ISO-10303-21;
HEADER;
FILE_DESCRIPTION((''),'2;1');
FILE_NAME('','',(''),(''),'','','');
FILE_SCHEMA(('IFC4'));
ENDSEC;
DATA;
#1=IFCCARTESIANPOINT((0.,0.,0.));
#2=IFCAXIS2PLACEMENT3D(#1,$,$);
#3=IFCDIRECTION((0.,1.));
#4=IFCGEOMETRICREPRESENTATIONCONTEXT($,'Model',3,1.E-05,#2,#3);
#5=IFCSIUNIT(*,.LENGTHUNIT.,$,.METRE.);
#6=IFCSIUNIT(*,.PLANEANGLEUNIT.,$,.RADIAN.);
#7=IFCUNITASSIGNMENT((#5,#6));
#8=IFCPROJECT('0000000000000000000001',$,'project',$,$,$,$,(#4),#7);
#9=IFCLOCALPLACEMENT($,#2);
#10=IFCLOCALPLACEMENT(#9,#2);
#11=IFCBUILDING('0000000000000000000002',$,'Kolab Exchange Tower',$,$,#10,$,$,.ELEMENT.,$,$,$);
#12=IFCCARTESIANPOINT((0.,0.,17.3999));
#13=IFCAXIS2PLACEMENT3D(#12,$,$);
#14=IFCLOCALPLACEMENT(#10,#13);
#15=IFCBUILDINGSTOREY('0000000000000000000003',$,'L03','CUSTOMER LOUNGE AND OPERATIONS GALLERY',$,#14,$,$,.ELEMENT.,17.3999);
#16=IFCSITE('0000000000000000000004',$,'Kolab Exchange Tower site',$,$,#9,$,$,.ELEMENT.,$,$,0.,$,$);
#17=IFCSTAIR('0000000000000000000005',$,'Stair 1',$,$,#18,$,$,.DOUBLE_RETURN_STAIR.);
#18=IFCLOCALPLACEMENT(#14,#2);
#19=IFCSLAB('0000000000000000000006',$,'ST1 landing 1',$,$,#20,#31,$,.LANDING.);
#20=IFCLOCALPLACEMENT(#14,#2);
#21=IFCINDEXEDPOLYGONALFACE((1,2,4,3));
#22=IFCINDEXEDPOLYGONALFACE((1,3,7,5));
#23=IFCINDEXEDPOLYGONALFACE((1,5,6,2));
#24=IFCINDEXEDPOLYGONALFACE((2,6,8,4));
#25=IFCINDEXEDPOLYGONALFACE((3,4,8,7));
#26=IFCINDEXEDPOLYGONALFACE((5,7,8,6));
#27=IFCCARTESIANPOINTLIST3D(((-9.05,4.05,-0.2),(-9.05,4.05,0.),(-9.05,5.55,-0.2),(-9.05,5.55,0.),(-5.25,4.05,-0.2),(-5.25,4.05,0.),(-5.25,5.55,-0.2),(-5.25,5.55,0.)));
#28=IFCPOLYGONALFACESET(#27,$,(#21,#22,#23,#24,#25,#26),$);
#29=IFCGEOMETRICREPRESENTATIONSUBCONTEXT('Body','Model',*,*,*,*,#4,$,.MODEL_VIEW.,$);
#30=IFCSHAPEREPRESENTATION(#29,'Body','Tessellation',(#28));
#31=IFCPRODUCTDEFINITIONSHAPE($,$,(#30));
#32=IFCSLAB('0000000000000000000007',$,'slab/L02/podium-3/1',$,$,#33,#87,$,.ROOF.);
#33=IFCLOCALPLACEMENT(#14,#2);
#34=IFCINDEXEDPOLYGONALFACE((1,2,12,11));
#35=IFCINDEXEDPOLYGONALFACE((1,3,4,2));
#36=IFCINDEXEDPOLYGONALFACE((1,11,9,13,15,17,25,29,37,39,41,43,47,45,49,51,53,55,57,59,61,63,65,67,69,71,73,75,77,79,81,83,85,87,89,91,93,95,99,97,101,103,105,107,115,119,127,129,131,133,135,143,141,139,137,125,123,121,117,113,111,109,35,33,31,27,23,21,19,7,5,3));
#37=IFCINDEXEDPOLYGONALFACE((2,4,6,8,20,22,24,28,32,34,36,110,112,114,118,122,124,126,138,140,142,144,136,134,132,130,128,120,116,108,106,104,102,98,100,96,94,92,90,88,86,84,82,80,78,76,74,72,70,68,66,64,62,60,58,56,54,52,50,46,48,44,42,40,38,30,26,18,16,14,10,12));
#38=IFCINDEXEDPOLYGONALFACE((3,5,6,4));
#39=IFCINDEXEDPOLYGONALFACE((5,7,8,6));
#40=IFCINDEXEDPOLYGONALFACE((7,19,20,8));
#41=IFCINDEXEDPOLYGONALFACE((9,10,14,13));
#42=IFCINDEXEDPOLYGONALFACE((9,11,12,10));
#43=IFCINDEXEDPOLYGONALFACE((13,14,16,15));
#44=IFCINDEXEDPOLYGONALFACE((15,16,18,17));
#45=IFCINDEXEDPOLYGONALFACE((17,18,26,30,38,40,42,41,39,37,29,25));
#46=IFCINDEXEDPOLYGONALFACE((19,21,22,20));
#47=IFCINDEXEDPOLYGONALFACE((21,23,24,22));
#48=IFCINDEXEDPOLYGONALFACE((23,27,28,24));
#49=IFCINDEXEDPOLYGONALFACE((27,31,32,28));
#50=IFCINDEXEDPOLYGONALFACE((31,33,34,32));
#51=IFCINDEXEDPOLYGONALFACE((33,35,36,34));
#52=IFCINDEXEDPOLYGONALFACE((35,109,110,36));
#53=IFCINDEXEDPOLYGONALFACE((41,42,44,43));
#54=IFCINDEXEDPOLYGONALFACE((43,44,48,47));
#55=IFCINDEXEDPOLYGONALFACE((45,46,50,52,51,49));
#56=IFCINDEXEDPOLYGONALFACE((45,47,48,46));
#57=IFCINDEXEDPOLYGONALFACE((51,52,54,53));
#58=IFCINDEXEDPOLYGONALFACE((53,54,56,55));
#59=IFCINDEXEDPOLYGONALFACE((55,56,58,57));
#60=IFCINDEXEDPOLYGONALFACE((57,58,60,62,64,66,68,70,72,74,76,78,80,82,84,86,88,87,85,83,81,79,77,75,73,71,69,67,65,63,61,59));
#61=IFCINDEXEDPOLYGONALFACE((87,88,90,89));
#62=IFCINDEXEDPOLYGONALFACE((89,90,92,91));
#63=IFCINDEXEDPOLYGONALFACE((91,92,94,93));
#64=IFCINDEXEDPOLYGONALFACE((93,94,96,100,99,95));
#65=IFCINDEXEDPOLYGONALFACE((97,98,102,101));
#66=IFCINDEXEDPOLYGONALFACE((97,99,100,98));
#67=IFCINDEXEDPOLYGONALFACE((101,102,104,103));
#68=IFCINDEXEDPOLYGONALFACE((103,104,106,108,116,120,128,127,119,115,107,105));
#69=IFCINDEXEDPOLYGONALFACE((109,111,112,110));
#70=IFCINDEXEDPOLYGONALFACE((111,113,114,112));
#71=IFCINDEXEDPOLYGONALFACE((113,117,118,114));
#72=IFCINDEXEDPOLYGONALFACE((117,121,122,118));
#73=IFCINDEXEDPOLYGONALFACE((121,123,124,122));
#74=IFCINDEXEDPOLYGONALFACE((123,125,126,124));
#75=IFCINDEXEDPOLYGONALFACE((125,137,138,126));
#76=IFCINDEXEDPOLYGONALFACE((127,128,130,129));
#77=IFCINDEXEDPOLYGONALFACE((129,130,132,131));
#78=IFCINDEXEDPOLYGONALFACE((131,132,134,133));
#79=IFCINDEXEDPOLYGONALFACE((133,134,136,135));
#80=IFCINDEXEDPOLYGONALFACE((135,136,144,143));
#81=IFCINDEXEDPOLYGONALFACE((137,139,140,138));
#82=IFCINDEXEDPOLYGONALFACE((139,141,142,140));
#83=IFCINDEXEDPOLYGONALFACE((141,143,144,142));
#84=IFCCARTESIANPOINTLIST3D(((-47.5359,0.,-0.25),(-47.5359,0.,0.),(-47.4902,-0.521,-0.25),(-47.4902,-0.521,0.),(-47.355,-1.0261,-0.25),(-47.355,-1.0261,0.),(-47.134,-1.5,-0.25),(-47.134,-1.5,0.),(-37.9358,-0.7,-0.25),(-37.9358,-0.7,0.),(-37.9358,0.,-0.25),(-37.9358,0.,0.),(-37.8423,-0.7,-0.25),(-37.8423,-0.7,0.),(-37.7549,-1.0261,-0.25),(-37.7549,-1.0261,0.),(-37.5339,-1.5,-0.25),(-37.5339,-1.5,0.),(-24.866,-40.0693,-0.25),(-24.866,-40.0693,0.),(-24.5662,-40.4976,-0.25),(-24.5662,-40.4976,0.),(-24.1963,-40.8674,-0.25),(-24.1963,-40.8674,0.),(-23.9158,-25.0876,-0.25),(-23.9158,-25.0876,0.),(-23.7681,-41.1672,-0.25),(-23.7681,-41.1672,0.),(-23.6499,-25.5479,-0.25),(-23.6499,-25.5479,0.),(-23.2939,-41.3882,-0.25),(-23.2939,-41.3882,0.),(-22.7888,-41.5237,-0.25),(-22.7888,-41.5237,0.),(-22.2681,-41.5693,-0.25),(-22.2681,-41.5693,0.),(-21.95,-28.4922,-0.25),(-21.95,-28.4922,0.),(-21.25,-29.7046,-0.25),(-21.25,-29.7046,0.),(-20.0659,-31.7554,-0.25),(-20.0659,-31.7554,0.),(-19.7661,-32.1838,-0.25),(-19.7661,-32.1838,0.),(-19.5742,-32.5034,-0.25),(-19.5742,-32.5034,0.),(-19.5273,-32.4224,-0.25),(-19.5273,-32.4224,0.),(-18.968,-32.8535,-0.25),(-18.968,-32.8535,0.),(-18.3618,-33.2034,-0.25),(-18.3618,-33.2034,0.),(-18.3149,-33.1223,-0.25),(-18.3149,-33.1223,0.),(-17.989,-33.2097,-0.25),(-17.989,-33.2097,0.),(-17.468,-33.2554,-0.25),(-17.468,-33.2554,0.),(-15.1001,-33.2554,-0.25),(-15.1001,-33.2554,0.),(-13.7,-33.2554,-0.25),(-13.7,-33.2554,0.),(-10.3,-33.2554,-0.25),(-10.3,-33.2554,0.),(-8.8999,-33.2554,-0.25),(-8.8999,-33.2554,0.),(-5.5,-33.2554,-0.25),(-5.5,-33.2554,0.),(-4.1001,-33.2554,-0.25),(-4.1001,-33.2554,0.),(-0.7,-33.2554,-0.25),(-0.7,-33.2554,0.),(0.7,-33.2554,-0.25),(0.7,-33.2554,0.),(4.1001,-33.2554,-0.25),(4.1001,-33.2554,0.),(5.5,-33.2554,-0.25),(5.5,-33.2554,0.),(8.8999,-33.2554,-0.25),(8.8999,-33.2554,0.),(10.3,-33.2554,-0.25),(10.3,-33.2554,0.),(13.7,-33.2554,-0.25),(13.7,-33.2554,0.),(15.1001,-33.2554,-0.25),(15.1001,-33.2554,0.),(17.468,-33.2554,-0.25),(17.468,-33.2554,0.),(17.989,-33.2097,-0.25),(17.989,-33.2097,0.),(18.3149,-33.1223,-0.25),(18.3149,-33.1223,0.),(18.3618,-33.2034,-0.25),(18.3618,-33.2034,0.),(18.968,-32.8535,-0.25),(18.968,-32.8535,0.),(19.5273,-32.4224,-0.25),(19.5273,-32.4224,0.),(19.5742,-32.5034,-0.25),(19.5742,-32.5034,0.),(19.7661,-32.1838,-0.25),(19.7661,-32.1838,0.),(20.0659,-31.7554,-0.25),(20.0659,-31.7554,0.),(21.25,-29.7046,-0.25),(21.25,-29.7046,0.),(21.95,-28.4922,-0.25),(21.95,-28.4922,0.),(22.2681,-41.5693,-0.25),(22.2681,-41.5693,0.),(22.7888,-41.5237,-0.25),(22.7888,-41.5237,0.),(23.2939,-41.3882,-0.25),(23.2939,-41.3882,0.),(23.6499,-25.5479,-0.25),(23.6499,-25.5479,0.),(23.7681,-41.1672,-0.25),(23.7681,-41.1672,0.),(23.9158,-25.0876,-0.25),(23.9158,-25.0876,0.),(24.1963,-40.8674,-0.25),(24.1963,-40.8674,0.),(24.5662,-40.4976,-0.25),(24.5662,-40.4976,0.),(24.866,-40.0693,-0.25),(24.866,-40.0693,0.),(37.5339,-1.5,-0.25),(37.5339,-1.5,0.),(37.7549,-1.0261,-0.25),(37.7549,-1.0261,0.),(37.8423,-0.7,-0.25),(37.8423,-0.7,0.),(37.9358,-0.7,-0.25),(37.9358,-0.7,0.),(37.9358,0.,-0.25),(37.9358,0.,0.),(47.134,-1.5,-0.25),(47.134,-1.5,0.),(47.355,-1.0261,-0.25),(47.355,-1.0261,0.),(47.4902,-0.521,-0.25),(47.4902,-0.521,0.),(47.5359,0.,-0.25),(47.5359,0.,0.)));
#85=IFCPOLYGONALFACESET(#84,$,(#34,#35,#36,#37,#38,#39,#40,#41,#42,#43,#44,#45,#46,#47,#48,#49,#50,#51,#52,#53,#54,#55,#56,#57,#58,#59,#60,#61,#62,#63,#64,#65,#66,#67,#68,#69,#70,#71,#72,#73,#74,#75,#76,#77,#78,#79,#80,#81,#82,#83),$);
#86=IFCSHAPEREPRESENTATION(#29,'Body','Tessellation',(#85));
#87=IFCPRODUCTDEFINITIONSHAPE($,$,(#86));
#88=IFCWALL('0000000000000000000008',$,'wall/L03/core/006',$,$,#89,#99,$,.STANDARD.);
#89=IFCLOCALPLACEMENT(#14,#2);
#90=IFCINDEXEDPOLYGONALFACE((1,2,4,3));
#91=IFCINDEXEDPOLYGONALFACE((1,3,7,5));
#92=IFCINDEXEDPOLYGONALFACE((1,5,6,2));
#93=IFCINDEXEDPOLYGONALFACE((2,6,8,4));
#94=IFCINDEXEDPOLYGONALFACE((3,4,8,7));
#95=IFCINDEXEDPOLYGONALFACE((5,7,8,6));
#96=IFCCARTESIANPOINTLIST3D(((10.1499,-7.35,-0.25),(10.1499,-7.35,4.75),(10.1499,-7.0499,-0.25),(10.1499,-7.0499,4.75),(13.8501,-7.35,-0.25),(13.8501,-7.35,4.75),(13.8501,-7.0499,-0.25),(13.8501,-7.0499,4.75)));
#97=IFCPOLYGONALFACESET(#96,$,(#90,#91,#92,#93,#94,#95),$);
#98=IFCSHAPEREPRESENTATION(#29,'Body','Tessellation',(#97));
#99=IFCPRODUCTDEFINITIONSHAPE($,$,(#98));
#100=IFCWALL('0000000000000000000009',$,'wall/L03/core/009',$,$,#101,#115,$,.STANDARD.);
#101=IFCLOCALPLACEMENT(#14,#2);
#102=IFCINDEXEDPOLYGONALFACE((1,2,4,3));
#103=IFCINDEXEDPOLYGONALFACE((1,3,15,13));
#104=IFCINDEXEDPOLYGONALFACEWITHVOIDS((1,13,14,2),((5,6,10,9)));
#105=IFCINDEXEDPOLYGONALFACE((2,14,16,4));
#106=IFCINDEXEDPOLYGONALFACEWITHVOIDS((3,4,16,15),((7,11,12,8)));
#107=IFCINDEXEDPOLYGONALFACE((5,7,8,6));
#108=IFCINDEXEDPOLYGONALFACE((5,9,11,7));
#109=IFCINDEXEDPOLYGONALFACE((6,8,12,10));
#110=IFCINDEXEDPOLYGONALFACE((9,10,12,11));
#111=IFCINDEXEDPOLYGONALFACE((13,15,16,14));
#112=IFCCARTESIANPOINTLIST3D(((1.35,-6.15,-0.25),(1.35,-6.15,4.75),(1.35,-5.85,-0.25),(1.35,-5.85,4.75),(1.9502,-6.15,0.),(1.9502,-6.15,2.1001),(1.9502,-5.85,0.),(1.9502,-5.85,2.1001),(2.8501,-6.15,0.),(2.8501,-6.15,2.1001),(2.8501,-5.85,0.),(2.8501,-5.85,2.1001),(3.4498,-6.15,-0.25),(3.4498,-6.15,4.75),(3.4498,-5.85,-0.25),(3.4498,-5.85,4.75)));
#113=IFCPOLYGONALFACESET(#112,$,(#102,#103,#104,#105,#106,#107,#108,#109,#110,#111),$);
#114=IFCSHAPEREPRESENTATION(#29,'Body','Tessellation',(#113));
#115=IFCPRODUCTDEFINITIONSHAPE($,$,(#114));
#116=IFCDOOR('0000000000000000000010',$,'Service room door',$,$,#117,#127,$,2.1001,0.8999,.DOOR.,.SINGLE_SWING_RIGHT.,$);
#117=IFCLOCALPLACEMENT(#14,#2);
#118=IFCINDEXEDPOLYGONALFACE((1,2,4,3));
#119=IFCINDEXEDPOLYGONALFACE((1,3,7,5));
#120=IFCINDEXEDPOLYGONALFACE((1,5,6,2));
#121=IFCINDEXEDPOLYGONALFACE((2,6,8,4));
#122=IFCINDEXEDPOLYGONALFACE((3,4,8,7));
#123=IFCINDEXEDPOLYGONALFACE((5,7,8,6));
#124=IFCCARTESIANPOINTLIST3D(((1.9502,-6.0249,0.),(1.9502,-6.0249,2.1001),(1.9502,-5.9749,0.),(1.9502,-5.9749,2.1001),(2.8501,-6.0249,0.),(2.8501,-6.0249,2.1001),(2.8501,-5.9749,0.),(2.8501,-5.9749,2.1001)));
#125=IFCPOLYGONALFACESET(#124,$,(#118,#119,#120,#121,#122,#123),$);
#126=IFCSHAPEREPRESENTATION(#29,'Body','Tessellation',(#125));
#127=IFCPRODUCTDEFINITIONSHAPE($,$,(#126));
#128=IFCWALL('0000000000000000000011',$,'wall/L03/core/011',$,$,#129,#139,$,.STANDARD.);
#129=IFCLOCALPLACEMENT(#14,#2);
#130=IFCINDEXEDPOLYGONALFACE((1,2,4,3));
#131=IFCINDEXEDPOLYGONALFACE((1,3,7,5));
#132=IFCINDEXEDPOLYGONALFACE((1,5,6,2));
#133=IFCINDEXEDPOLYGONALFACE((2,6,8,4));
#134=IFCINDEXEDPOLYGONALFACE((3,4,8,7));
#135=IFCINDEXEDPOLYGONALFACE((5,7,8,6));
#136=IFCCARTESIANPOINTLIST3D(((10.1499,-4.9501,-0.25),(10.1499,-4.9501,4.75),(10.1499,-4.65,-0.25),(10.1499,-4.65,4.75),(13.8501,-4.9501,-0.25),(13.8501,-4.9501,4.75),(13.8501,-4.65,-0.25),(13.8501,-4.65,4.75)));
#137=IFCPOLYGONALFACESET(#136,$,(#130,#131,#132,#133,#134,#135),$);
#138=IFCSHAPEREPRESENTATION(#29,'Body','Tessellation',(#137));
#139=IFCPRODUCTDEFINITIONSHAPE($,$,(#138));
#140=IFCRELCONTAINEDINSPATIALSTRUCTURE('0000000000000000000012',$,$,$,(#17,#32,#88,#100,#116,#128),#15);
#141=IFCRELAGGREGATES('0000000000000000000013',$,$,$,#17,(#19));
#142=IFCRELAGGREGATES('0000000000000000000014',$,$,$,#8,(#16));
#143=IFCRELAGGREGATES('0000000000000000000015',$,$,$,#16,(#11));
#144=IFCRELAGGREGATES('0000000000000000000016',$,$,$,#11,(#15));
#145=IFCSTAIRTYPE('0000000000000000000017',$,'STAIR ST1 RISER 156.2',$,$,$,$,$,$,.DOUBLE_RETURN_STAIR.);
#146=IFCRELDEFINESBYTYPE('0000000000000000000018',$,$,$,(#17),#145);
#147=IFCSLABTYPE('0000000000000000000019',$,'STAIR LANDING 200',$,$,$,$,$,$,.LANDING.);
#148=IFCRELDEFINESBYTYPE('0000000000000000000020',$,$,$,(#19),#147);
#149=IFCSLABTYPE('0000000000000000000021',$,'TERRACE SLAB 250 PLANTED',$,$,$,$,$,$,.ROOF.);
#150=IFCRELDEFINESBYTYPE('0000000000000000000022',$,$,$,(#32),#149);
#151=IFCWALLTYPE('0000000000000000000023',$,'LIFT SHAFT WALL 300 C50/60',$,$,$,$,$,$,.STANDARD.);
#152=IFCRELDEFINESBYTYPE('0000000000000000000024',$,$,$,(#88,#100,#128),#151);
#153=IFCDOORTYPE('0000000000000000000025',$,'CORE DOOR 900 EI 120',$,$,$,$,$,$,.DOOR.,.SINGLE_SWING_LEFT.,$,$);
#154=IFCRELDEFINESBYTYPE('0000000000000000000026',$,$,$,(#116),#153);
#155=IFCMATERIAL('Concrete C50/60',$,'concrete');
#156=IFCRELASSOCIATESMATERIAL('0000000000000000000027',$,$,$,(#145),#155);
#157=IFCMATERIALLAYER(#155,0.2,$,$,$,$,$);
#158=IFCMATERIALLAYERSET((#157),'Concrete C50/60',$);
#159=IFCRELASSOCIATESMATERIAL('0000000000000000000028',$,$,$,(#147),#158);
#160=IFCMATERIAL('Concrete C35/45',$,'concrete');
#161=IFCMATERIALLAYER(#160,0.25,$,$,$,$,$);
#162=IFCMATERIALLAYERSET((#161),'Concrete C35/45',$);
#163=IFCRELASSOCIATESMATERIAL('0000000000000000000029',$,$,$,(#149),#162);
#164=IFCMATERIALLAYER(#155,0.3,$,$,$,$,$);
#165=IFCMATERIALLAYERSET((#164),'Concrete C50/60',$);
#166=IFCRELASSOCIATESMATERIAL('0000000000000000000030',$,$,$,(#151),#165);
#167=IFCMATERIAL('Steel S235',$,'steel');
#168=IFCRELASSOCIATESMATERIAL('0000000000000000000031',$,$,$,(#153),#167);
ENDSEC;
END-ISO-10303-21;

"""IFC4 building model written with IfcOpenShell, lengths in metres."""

from ifc_helpers import new_model, si_unit, direction, frame, frame_2d, origin, place, context, subcontext, project, spatial, polyline, rectangle, outline, extrude, material, layer, layer_set, type_object, element, fill, aggregate, save


model = new_model("IFC4")

# Units and contexts
model_context = context("Model", 3, precision=1e-05, world=origin(), true_north=direction((0.0, 1.0)))
body_context = subcontext(model_context, "Body", "Model", "MODEL_VIEW")
ifc_project = project(units=[si_unit("LENGTHUNIT", "METRE"), si_unit("PLANEANGLEUNIT", "RADIAN")], contexts=[model_context])

# Site, building, storey
site_placement = place(None, origin())
site = spatial("IfcSite", under=ifc_project, at=site_placement, Name="Kolab Exchange Tower site", CompositionType="ELEMENT", RefElevation=0.0)
building_placement = place(site_placement, origin())
building = spatial("IfcBuilding", under=site, at=building_placement, Name="Kolab Exchange Tower", CompositionType="ELEMENT")
storey_placement = place(building_placement, frame((0.0, 0.0, 17.3999)))
storey = spatial("IfcBuildingStorey", under=building, at=storey_placement, Name="L03", Description="CUSTOMER LOUNGE AND OPERATIONS GALLERY", CompositionType="ELEMENT", Elevation=17.3999)

# Stair, slab
ifc_material_1 = material(Name="Concrete C50/60", Category="concrete")
stair_type_1 = type_object("IfcStairType", Name="STAIR ST1 RISER 156.2", PredefinedType="DOUBLE_RETURN_STAIR", material=ifc_material_1)
stair_1_placement = place(storey_placement, origin())
stair_1 = element("IfcStair", 1, at=stair_1_placement, inside=storey, type_object=stair_type_1, Name="Stair 1", PredefinedType="DOUBLE_RETURN_STAIR")
ifc_layer_1 = layer(ifc_material_1, 0.2)
ifc_layer_set_1 = layer_set([ifc_layer_1], Name="Concrete C50/60")
slab_type_1 = type_object("IfcSlabType", Name="STAIR LANDING 200", PredefinedType="LANDING", material=ifc_layer_set_1)
slab_1_placement = place(storey_placement, frame((0.0, 0.0, -0.2)))
slab_1 = element("IfcSlab", 2, at=slab_1_placement, type_object=slab_type_1, Name="ST1 landing 1", PredefinedType="LANDING", context=body_context, shape_type="SweptSolid", body=[
    extrude(outline(polyline([(-9.05, 4.05), (-5.25, 4.05), (-5.25, 5.55), (-9.05, 5.55), (-9.05, 4.05)])), origin(), (0.0, 0.0, 1.0), 0.2),
])
aggregate(stair_1, [slab_1])

# Slab
ifc_material_2 = material(Name="Concrete C35/45", Category="concrete")
ifc_layer_2 = layer(ifc_material_2, 0.25)
ifc_layer_set_2 = layer_set([ifc_layer_2], Name="Concrete C35/45")
slab_type_2 = type_object("IfcSlabType", Name="TERRACE SLAB 250 PLANTED", PredefinedType="ROOF", material=ifc_layer_set_2)
slab_2_placement = place(storey_placement, frame((0.0, 0.0, -0.25)))
element("IfcSlab", 3, at=slab_2_placement, inside=storey, type_object=slab_type_2, Name="slab/L02/podium-3/1", PredefinedType="ROOF", context=body_context, shape_type="SweptSolid", body=[
    extrude(outline(polyline([(47.5359, 0.0), (37.9358, 0.0), (37.9358, -0.7), (37.8423, -0.7), (37.7549, -1.0261), (37.5339, -1.5), (23.9158, -25.0876), (23.6499, -25.5479), (21.95, -28.4922), (21.25, -29.7046), (20.0659, -31.7554), (19.7661, -32.1838), (19.5273, -32.4224), (19.5742, -32.5034), (18.968, -32.8535), (18.3618, -33.2034), (18.3149, -33.1223), (17.989, -33.2097), (17.468, -33.2554), (15.1001, -33.2554), (13.7, -33.2554), (10.3, -33.2554), (8.8999, -33.2554), (5.5, -33.2554), (4.1001, -33.2554), (0.7, -33.2554), (-0.7, -33.2554), (-4.1001, -33.2554), (-5.5, -33.2554), (-8.8999, -33.2554), (-10.3, -33.2554), (-13.7, -33.2554), (-15.1001, -33.2554), (-17.468, -33.2554), (-17.989, -33.2097), (-18.3149, -33.1223), (-18.3618, -33.2034), (-18.968, -32.8535), (-19.5742, -32.5034), (-19.5273, -32.4224), (-19.7661, -32.1838), (-20.0659, -31.7554), (-21.25, -29.7046), (-21.95, -28.4922), (-23.6499, -25.5479), (-23.9158, -25.0876), (-37.5339, -1.5), (-37.7549, -1.0261), (-37.8423, -0.7), (-37.9358, -0.7), (-37.9358, 0.0), (-47.5359, 0.0), (-47.4902, -0.521), (-47.355, -1.0261), (-47.134, -1.5), (-24.866, -40.0693), (-24.5662, -40.4976), (-24.1963, -40.8674), (-23.7681, -41.1672), (-23.2939, -41.3882), (-22.7888, -41.5237), (-22.2681, -41.5693), (22.2681, -41.5693), (22.7888, -41.5237), (23.2939, -41.3882), (23.7681, -41.1672), (24.1963, -40.8674), (24.5662, -40.4976), (24.866, -40.0693), (47.134, -1.5), (47.355, -1.0261), (47.4902, -0.521), (47.5359, 0.0)])), origin(), (0.0, 0.0, 1.0), 0.25),
])

# Wall
ifc_layer_3 = layer(ifc_material_1, 0.3)
ifc_layer_set_3 = layer_set([ifc_layer_3], Name="Concrete C50/60")
wall_type_1 = type_object("IfcWallType", Name="LIFT SHAFT WALL 300 C50/60", PredefinedType="STANDARD", material=ifc_layer_set_3)
wall_1_placement = place(storey_placement, frame((10.1499, -7.2, -0.25), z_axis=(0.0, 0.0, 1.0), x_axis=(1.0, 0.0, 0.0)))
element("IfcWall", 4, at=wall_1_placement, inside=storey, type_object=wall_type_1, Name="wall/L03/core/006", PredefinedType="STANDARD", context=body_context, shape_type="SweptSolid", body=[
    extrude(rectangle(XDim=3.7002, YDim=0.3, at=frame_2d((1.8501, 0.0))), origin(), (0.0, 0.0, 1.0), 5.0),
])

# Wall, opening, door
wall_2_placement = place(storey_placement, frame((1.3501, -6.0, -0.25), z_axis=(0.0, 0.0, 1.0), x_axis=(1.0, 0.0, 0.0)))
wall_2 = element("IfcWall", 5, at=wall_2_placement, inside=storey, type_object=wall_type_1, Name="wall/L03/core/009", PredefinedType="STANDARD", context=body_context, shape_type="SweptSolid", body=[
    extrude(rectangle(XDim=2.0999, YDim=0.3, at=frame_2d((1.0498, 0.0))), origin(), (0.0, 0.0, 1.0), 5.0),
])
opening_1_placement = place(wall_2_placement, frame((0.6001, 0.0, 0.25)))
opening_1 = element("IfcOpeningElement", 6, at=opening_1_placement, cuts=wall_2, PredefinedType="OPENING", context=body_context, shape_type="SweptSolid", body=[
    extrude(rectangle(XDim=0.8999, YDim=2.1001, at=frame_2d((0.45, 1.05))), frame((0.0, 0.1602, 0.0), z_axis=(0.0, -1.0, 0.0), x_axis=(1.0, 0.0, 0.0)), (0.0, 0.0, 1.0), 0.3201),
])
ifc_material_3 = material(Name="Steel S235", Category="steel")
door_type_1 = type_object("IfcDoorType", Name="CORE DOOR 900 EI 120", OperationType="SINGLE_SWING_LEFT", PredefinedType="DOOR", material=ifc_material_3)
door_1_placement = place(opening_1_placement, frame((0.8999, 0.0, 0.0), z_axis=(0.0, 0.0, 1.0), x_axis=(-1.0, 0.0, 0.0)))
door_1 = element("IfcDoor", 7, at=door_1_placement, inside=storey, type_object=door_type_1, Name="Service room door", OperationType="SINGLE_SWING_RIGHT", OverallHeight=2.1001, OverallWidth=0.8999, PredefinedType="DOOR", context=body_context, shape_type="SweptSolid", body=[
    extrude(rectangle(XDim=0.8999, YDim=2.1001, at=frame_2d((0.45, 1.05))), frame((0.0, 0.0249, 0.0), z_axis=(0.0, -1.0, 0.0), x_axis=(1.0, 0.0, 0.0)), (0.0, 0.0, 1.0), 0.05),
])
fill(opening_1, door_1)

# Wall
wall_3_placement = place(storey_placement, frame((10.1499, -4.8, -0.25), z_axis=(0.0, 0.0, 1.0), x_axis=(1.0, 0.0, 0.0)))
element("IfcWall", 8, at=wall_3_placement, inside=storey, type_object=wall_type_1, Name="wall/L03/core/011", PredefinedType="STANDARD", context=body_context, shape_type="SweptSolid", body=[
    extrude(rectangle(XDim=3.7002, YDim=0.3, at=frame_2d((1.8501, 0.0))), origin(), (0.0, 0.0, 1.0), 5.0),
])

save(model, "model.ifc")
